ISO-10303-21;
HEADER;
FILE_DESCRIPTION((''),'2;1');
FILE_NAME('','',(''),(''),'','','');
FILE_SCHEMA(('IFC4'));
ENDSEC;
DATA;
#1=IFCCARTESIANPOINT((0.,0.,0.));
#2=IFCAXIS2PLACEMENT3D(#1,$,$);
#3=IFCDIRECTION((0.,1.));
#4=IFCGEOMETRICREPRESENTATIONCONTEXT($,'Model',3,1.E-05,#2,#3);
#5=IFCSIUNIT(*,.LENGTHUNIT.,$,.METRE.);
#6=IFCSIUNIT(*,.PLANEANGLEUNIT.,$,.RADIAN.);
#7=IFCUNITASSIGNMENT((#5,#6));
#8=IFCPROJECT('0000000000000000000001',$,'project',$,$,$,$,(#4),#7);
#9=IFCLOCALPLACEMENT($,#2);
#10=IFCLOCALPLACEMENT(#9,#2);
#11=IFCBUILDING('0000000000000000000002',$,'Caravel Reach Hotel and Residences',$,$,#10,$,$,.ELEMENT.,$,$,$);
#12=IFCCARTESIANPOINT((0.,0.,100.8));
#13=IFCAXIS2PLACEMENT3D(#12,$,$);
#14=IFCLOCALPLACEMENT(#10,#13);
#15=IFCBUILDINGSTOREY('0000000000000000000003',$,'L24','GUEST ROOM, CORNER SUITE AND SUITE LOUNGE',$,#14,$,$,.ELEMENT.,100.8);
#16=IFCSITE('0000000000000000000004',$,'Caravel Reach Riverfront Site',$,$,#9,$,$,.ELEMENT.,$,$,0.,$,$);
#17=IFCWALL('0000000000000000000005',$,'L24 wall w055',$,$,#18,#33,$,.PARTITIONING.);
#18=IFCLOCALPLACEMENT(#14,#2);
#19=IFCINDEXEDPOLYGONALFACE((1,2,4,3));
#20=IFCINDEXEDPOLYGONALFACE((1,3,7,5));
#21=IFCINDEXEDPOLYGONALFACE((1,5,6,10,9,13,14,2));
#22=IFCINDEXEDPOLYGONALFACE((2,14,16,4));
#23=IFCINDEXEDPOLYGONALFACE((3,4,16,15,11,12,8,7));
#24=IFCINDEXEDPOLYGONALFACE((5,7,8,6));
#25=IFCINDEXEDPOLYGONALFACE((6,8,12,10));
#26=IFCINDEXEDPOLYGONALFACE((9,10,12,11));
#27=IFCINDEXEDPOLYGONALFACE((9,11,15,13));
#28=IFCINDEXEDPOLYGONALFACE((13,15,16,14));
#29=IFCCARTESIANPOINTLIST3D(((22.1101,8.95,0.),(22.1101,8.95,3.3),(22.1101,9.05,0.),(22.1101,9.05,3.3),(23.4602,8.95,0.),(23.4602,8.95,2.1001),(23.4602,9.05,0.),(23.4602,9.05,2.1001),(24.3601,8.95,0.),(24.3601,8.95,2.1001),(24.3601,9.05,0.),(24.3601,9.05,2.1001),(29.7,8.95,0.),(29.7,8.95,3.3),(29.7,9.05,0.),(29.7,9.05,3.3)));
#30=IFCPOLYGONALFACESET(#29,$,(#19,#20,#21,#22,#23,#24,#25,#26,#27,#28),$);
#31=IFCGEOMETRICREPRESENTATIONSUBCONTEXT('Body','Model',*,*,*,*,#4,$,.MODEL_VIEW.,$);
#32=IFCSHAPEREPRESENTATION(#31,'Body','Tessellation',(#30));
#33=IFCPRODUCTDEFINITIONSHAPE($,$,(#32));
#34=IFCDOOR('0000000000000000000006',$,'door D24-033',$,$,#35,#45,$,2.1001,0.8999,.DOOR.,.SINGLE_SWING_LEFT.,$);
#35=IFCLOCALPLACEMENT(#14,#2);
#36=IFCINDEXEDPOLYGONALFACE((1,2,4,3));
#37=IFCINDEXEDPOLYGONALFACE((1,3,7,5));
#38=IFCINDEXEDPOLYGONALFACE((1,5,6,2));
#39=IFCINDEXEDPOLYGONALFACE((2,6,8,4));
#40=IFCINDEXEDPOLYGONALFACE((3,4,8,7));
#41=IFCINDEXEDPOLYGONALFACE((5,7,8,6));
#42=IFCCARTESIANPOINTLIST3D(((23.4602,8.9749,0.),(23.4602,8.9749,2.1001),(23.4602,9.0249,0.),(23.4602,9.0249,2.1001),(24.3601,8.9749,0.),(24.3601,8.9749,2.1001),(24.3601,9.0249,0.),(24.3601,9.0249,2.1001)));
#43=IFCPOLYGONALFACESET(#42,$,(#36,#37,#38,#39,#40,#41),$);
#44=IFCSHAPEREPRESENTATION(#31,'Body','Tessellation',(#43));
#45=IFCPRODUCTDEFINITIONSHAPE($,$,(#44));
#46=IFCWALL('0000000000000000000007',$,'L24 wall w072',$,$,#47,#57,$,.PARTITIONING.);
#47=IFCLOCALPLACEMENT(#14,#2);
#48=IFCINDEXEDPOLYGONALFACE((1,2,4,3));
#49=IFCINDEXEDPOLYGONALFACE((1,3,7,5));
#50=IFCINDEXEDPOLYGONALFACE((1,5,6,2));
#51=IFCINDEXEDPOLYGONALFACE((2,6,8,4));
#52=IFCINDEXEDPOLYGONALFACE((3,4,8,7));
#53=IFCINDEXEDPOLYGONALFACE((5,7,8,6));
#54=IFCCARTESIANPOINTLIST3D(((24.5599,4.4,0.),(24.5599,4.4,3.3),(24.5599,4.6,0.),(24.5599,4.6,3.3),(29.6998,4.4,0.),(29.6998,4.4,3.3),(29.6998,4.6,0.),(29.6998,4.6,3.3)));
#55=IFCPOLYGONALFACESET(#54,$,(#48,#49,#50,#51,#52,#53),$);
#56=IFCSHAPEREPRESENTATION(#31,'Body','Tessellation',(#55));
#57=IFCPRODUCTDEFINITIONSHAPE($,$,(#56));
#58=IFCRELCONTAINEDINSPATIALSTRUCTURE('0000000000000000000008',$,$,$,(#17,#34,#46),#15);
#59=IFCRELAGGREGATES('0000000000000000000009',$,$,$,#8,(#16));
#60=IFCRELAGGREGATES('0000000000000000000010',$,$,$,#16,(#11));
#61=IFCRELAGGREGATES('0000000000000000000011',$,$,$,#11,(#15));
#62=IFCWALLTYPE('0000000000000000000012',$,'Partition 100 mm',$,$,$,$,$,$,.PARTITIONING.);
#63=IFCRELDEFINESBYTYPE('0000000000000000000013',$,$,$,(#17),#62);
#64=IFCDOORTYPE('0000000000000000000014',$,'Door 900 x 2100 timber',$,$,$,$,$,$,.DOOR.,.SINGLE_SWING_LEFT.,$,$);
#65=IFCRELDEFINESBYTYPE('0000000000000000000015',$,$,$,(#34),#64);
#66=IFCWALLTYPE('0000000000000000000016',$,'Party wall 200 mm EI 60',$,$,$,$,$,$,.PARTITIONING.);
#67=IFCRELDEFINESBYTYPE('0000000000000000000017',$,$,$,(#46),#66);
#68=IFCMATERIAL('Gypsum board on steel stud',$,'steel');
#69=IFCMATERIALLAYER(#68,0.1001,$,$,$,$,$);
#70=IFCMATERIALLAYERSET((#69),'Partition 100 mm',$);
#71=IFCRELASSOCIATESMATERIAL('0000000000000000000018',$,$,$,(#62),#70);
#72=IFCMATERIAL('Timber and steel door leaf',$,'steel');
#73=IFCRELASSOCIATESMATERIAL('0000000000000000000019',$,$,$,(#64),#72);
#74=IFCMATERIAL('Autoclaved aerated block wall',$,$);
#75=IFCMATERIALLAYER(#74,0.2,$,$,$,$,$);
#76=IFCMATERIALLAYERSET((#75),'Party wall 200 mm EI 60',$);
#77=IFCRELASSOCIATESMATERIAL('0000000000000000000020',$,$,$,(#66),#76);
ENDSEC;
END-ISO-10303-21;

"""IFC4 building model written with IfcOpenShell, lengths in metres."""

from ifc_helpers import new_model, si_unit, direction, frame, frame_2d, origin, place, context, subcontext, project, spatial, rectangle, extrude, material, layer, layer_set, type_object, element, fill, save


model = new_model("IFC4")

# Units and contexts
model_context = context("Model", 3, precision=1e-05, world=origin(), true_north=direction((0.0, 1.0)))
body_context = subcontext(model_context, "Body", "Model", "MODEL_VIEW")
ifc_project = project(units=[si_unit("LENGTHUNIT", "METRE"), si_unit("PLANEANGLEUNIT", "RADIAN")], contexts=[model_context])

# Site, building, storey
site_placement = place(None, origin())
site = spatial("IfcSite", under=ifc_project, at=site_placement, Name="Caravel Reach Riverfront Site", CompositionType="ELEMENT", RefElevation=0.0)
building_placement = place(site_placement, origin())
building = spatial("IfcBuilding", under=site, at=building_placement, Name="Caravel Reach Hotel and Residences", CompositionType="ELEMENT")
storey_placement = place(building_placement, frame((0.0, 0.0, 100.8)))
storey = spatial("IfcBuildingStorey", under=building, at=storey_placement, Name="L24", Description="GUEST ROOM, CORNER SUITE AND SUITE LOUNGE", CompositionType="ELEMENT", Elevation=100.8)

# Wall, opening, door
ifc_material_1 = material(Name="Gypsum board on steel stud", Category="steel")
ifc_layer_1 = layer(ifc_material_1, 0.1001)
ifc_layer_set_1 = layer_set([ifc_layer_1], Name="Partition 100 mm")
wall_type_1 = type_object("IfcWallType", Name="Partition 100 mm", PredefinedType="PARTITIONING", material=ifc_layer_set_1)
wall_1_placement = place(storey_placement, frame((22.1101, 9.0, 0.0), z_axis=(0.0, 0.0, 1.0), x_axis=(1.0, 0.0, 0.0)))
wall_1 = element("IfcWall", 1, at=wall_1_placement, inside=storey, type_object=wall_type_1, Name="L24 wall w055", PredefinedType="PARTITIONING", context=body_context, shape_type="SweptSolid", body=[
    extrude(rectangle(XDim=7.5898, YDim=0.1001, at=frame_2d((3.7949, 0.0))), origin(), (0.0, 0.0, 1.0), 3.3),
])
opening_1_placement = place(wall_1_placement, frame((1.3501, 0.0, 0.0)))
opening_1 = element("IfcOpeningElement", 2, at=opening_1_placement, cuts=wall_1, PredefinedType="OPENING", context=body_context, shape_type="SweptSolid", body=[
    extrude(rectangle(XDim=0.8999, YDim=2.1001, at=frame_2d((0.45, 1.05))), frame((0.0, 0.0601, 0.0), z_axis=(0.0, -1.0, 0.0), x_axis=(1.0, 0.0, 0.0)), (0.0, 0.0, 1.0), 0.1201),
])
ifc_material_2 = material(Name="Timber and steel door leaf", Category="steel")
door_type_1 = type_object("IfcDoorType", Name="Door 900 x 2100 timber", OperationType="SINGLE_SWING_LEFT", PredefinedType="DOOR", material=ifc_material_2)
door_1_placement = place(opening_1_placement, origin())
door_1 = element("IfcDoor", 3, at=door_1_placement, inside=storey, type_object=door_type_1, Name="door D24-033", OperationType="SINGLE_SWING_LEFT", OverallHeight=2.1001, OverallWidth=0.8999, PredefinedType="DOOR", context=body_context, shape_type="SweptSolid", body=[
    extrude(rectangle(XDim=0.8999, YDim=2.1001, at=frame_2d((0.45, 1.05))), frame((0.0, 0.0249, 0.0), z_axis=(0.0, -1.0, 0.0), x_axis=(1.0, 0.0, 0.0)), (0.0, 0.0, 1.0), 0.05),
])
fill(opening_1, door_1)

# Wall
ifc_material_3 = material(Name="Autoclaved aerated block wall")
ifc_layer_2 = layer(ifc_material_3, 0.2)
ifc_layer_set_2 = layer_set([ifc_layer_2], Name="Party wall 200 mm EI 60")
wall_type_2 = type_object("IfcWallType", Name="Party wall 200 mm EI 60", PredefinedType="PARTITIONING", material=ifc_layer_set_2)
wall_2_placement = place(storey_placement, frame((24.5601, 4.5, 0.0), z_axis=(0.0, 0.0, 1.0), x_axis=(1.0, 0.0, 0.0)))
element("IfcWall", 4, at=wall_2_placement, inside=storey, type_object=wall_type_2, Name="L24 wall w072", PredefinedType="PARTITIONING", context=body_context, shape_type="SweptSolid", body=[
    extrude(rectangle(XDim=5.1399, YDim=0.2, at=frame_2d((2.5698, 0.0))), origin(), (0.0, 0.0, 1.0), 3.3),
])

save(model, "model.ifc")
